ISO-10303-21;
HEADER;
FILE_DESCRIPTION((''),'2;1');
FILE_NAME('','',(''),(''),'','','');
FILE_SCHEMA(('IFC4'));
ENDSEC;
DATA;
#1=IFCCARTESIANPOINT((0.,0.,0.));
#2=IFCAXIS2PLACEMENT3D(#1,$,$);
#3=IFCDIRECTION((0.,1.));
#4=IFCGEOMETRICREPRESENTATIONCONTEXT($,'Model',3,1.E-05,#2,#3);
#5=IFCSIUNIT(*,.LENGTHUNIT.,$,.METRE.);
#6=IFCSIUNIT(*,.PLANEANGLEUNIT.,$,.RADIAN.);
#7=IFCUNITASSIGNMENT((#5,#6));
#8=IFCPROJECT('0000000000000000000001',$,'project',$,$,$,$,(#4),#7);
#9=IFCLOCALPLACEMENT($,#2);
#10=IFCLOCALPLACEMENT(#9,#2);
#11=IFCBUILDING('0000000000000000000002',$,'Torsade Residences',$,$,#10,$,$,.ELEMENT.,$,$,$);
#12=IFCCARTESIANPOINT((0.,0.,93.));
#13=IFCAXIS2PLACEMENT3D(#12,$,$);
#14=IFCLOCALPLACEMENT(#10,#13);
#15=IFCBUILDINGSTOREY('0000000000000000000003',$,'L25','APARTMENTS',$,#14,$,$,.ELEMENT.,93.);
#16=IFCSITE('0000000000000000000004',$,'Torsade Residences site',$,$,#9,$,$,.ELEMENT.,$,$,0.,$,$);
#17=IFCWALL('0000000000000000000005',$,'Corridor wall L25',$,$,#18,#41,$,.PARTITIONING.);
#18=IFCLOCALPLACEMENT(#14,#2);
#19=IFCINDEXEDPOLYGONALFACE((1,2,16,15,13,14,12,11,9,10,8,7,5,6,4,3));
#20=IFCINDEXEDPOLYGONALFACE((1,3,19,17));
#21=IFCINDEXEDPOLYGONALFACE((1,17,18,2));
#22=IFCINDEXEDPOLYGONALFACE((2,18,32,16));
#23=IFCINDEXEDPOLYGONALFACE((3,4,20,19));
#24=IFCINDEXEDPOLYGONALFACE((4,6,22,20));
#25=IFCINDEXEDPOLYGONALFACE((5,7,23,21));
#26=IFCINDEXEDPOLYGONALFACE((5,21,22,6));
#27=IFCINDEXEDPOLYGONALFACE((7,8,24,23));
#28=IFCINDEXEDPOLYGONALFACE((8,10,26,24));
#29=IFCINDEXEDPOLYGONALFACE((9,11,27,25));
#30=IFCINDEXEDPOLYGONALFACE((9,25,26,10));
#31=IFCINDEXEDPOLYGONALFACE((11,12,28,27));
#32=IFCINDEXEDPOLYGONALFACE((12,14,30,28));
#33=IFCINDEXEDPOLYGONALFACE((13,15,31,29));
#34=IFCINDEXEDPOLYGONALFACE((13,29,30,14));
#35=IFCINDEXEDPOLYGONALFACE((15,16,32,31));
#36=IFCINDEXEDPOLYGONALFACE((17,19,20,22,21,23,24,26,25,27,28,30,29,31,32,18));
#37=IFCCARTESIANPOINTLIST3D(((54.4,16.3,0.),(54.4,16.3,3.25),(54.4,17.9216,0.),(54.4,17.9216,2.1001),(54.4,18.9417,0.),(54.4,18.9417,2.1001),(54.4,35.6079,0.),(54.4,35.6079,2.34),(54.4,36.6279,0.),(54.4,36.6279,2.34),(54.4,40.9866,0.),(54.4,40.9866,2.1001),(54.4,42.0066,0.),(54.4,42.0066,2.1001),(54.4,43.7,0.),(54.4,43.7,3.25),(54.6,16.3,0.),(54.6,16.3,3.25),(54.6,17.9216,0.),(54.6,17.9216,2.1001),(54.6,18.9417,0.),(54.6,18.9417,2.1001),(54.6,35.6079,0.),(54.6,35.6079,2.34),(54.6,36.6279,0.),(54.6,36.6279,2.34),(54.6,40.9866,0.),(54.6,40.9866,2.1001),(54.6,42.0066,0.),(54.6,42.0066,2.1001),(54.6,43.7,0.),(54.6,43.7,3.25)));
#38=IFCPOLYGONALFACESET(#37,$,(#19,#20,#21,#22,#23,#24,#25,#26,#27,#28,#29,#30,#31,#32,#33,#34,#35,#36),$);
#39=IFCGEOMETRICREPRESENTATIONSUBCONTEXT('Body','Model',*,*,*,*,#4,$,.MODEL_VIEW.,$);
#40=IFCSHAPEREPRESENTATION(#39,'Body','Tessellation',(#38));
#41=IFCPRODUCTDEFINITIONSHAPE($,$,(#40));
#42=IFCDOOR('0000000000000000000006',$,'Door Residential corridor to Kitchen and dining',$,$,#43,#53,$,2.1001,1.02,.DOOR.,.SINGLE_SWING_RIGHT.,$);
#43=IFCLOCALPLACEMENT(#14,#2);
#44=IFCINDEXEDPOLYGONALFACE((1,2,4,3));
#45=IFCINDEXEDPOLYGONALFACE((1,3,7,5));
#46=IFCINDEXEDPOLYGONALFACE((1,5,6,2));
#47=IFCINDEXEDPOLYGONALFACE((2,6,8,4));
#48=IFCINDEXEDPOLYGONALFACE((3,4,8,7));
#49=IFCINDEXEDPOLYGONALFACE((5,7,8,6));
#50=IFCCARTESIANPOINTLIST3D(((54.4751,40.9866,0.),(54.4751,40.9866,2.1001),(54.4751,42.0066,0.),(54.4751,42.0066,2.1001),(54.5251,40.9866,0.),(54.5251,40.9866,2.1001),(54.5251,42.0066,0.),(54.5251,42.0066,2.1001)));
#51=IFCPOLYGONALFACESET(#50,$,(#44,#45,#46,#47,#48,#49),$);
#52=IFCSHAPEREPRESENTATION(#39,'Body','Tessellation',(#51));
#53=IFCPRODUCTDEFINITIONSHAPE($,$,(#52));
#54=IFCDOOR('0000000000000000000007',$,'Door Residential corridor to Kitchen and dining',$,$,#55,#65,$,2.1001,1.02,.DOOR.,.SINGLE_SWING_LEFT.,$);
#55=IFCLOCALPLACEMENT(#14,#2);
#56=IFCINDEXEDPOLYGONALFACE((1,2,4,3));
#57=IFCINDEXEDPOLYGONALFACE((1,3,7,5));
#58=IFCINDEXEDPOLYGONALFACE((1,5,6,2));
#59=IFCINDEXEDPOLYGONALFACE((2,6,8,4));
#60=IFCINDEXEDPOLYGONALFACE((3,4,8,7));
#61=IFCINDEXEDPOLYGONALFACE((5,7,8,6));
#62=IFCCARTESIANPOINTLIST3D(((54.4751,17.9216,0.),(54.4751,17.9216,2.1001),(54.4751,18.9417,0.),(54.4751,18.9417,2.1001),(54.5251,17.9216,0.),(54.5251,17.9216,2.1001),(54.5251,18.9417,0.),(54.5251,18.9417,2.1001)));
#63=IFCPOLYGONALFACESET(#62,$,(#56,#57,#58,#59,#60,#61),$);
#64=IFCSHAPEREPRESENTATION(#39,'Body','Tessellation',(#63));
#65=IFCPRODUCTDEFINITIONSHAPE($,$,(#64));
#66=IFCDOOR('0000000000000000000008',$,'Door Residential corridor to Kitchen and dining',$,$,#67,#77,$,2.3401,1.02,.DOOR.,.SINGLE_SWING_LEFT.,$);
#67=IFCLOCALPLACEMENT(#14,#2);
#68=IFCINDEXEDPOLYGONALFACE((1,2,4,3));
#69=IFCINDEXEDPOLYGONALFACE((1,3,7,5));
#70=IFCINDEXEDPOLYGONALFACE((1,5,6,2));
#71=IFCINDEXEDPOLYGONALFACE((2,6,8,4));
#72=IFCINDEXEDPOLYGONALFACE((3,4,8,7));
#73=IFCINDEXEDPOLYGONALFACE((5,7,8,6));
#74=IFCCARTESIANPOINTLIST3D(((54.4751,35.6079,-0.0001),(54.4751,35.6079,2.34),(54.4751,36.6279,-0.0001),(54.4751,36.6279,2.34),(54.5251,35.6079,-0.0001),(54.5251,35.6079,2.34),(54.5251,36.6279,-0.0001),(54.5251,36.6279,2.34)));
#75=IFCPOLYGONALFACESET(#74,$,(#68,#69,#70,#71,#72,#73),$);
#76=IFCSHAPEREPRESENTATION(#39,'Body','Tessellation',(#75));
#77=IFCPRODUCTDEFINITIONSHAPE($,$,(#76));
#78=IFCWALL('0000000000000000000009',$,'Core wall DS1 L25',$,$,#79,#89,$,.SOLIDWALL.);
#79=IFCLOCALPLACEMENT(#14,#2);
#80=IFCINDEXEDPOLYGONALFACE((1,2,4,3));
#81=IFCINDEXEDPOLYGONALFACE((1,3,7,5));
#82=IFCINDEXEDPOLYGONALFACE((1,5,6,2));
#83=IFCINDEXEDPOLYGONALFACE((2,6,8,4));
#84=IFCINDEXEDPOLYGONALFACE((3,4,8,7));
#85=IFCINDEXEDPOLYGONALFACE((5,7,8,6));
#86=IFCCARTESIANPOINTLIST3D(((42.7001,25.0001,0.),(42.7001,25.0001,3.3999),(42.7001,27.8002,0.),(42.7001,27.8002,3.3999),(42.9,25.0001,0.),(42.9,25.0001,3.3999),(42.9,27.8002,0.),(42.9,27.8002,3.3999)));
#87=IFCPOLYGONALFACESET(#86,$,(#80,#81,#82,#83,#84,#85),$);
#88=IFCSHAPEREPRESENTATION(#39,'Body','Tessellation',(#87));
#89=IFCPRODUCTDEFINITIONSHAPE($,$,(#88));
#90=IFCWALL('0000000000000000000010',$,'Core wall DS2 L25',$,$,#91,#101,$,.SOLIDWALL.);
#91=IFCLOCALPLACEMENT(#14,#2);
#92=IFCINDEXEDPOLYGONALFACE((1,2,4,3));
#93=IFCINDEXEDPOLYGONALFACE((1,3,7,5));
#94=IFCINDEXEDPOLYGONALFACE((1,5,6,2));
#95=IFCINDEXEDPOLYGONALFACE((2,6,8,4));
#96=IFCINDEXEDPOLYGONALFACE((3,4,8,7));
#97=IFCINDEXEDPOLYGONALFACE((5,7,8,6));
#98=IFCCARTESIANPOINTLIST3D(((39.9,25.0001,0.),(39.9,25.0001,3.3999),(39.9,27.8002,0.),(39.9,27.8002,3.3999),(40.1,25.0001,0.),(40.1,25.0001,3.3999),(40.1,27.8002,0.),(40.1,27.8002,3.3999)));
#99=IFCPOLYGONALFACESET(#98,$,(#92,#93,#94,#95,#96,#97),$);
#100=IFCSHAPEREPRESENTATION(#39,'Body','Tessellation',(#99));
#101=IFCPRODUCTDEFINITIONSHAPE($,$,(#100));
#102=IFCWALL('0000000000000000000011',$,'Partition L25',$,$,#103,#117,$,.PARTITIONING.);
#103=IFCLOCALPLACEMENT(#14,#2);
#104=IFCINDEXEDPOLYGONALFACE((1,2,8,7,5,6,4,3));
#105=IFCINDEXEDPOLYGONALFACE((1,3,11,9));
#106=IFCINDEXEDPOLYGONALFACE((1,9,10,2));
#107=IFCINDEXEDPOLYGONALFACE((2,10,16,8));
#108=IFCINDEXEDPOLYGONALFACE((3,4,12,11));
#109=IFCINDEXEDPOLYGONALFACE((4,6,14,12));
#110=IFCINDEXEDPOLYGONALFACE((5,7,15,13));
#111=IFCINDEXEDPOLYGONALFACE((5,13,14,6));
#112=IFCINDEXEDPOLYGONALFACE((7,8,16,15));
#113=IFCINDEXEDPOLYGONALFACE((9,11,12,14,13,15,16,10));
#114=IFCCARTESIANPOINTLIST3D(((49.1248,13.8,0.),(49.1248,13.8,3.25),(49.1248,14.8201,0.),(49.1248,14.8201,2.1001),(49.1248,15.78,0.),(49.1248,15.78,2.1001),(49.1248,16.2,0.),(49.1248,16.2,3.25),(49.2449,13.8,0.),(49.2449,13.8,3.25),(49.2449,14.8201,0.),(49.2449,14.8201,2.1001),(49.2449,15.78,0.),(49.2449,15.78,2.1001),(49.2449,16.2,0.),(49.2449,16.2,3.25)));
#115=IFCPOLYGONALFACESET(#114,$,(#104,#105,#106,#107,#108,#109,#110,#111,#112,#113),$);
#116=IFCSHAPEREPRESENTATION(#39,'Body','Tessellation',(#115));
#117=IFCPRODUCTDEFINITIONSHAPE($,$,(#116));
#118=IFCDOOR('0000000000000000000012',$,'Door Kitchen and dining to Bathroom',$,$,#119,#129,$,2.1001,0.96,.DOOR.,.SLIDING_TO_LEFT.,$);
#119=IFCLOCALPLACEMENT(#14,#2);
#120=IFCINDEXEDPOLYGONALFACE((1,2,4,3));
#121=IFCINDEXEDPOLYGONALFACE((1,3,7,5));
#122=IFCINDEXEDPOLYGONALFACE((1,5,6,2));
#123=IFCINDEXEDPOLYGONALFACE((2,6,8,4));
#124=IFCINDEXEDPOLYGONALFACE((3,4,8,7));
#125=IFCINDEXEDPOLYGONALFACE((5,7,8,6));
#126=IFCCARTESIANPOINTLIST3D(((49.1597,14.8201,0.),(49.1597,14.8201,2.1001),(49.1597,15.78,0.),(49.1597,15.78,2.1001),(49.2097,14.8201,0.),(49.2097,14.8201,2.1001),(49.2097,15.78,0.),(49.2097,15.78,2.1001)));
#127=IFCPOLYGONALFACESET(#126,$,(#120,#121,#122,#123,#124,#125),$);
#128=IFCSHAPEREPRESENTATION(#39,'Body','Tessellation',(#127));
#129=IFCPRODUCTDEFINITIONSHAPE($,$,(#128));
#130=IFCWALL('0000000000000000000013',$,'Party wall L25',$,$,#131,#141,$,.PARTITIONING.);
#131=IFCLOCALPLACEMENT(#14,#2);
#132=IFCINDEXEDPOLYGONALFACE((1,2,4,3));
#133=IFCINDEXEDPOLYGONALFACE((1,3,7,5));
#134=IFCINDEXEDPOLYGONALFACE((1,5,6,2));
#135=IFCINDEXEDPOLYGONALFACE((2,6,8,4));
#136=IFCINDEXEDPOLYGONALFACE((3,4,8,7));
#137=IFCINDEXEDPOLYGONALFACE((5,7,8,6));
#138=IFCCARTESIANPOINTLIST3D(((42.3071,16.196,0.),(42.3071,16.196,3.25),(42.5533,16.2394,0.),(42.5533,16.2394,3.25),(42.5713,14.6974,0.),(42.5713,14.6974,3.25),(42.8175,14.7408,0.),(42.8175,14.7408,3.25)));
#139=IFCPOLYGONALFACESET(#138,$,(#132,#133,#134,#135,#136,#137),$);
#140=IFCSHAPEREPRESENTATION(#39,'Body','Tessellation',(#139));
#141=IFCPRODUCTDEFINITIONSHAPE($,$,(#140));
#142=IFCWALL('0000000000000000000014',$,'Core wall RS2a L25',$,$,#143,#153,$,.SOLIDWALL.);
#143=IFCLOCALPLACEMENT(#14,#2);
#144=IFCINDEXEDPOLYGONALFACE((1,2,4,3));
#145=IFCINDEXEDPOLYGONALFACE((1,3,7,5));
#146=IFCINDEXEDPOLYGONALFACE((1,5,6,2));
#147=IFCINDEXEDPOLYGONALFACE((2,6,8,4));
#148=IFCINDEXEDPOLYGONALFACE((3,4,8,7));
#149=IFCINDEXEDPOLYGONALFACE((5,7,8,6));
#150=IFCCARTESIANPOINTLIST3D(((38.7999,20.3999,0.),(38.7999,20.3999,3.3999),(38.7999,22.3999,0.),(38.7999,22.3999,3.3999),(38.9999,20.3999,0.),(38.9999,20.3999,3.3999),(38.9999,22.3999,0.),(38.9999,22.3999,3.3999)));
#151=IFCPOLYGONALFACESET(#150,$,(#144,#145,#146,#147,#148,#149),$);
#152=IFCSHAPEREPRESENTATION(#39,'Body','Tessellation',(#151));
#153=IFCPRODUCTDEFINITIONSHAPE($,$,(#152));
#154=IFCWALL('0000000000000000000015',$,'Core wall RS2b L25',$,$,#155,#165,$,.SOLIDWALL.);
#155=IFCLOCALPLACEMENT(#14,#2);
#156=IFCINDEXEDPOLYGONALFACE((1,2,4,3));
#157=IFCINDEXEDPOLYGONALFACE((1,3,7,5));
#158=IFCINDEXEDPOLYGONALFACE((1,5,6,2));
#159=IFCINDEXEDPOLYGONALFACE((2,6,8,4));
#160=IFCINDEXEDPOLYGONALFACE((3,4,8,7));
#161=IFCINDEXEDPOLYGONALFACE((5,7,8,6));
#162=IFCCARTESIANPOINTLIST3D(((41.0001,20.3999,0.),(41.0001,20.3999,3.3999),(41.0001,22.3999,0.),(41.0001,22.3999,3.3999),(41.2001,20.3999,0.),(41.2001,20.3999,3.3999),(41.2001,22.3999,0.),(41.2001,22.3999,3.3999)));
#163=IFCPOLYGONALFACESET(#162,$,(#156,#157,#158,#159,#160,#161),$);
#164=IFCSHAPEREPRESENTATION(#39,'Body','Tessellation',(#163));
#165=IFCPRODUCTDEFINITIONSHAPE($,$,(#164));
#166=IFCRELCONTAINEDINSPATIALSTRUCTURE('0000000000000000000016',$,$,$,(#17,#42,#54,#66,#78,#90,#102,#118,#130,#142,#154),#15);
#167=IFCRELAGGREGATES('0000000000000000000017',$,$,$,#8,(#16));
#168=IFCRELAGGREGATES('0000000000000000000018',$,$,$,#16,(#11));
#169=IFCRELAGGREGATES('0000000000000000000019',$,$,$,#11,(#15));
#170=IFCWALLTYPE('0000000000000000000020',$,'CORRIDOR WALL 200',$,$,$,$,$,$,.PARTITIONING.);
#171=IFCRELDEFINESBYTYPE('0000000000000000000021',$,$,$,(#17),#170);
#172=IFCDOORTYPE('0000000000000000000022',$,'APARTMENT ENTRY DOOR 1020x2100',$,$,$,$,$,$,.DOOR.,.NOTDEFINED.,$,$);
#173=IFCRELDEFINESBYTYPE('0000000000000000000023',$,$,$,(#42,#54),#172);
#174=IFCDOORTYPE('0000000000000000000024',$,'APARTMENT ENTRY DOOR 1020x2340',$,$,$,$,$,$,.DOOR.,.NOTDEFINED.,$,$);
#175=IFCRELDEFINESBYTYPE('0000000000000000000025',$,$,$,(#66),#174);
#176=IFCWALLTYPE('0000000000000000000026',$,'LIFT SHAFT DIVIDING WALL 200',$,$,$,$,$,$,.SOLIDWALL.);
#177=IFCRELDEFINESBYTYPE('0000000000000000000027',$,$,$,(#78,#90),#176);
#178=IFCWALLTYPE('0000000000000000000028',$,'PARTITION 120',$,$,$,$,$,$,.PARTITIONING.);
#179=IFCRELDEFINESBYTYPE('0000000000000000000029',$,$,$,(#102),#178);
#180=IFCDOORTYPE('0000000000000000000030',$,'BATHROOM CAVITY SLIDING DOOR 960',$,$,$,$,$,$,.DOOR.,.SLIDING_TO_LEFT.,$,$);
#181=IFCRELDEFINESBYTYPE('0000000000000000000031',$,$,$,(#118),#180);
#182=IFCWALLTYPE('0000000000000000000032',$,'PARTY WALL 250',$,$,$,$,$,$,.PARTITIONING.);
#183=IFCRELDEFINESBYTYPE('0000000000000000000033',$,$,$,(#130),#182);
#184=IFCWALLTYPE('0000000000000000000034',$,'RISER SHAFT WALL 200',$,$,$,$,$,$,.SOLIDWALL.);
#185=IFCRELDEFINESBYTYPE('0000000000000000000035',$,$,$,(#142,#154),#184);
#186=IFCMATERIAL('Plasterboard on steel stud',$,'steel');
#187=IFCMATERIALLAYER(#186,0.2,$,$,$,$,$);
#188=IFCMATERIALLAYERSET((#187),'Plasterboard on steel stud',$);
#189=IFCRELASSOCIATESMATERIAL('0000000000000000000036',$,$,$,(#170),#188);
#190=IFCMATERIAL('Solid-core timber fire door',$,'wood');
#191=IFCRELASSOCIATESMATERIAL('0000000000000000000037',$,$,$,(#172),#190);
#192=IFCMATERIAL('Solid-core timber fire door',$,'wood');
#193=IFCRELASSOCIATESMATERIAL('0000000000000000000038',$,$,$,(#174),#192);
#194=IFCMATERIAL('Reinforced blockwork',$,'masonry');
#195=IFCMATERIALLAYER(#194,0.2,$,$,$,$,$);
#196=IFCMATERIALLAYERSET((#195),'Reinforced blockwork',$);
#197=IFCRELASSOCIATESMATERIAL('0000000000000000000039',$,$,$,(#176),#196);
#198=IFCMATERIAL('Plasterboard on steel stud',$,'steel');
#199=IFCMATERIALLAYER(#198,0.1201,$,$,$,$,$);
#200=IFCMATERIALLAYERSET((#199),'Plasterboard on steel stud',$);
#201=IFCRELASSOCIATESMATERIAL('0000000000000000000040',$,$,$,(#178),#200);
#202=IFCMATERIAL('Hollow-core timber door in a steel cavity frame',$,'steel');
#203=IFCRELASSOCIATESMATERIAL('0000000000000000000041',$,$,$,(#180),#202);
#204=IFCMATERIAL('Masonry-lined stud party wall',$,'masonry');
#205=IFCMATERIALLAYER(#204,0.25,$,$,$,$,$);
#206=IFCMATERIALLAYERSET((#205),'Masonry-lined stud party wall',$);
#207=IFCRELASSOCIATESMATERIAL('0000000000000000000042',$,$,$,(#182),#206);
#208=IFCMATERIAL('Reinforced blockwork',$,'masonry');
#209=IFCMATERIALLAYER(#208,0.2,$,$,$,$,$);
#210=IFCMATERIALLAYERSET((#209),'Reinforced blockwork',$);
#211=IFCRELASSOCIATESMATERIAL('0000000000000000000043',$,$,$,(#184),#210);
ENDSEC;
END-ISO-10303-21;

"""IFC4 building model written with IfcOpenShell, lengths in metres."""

from ifc_helpers import new_model, si_unit, direction, frame, frame_2d, origin, place, context, subcontext, project, spatial, rectangle, extrude, material, layer, layer_set, type_object, element, fill, save


model = new_model("IFC4")

# Units and contexts
model_context = context("Model", 3, precision=1e-05, world=origin(), true_north=direction((0.0, 1.0)))
body_context = subcontext(model_context, "Body", "Model", "MODEL_VIEW")
ifc_project = project(units=[si_unit("LENGTHUNIT", "METRE"), si_unit("PLANEANGLEUNIT", "RADIAN")], contexts=[model_context])

# Site, building, storey
site_placement = place(None, origin())
site = spatial("IfcSite", under=ifc_project, at=site_placement, Name="Torsade Residences site", CompositionType="ELEMENT", RefElevation=0.0)
building_placement = place(site_placement, origin())
building = spatial("IfcBuilding", under=site, at=building_placement, Name="Torsade Residences", CompositionType="ELEMENT")
storey_placement = place(building_placement, frame((0.0, 0.0, 93.0)))
storey = spatial("IfcBuildingStorey", under=building, at=storey_placement, Name="L25", Description="APARTMENTS", CompositionType="ELEMENT", Elevation=93.0)

# Wall, openings, doors
ifc_material_1 = material(Name="Plasterboard on steel stud", Category="steel")
ifc_layer_1 = layer(ifc_material_1, 0.2)
ifc_layer_set_1 = layer_set([ifc_layer_1], Name="Plasterboard on steel stud")
wall_type_1 = type_object("IfcWallType", Name="CORRIDOR WALL 200", PredefinedType="PARTITIONING", material=ifc_layer_set_1)
wall_1_placement = place(storey_placement, frame((54.5, 16.3, 0.0), z_axis=(0.0, 0.0, 1.0), x_axis=(0.0, 1.0, 0.0)))
wall_1 = element("IfcWall", 1, at=wall_1_placement, inside=storey, type_object=wall_type_1, Name="Corridor wall L25", PredefinedType="PARTITIONING", context=body_context, shape_type="SweptSolid", body=[
    extrude(rectangle(XDim=27.3999, YDim=0.2, at=frame_2d((13.7, 0.0))), origin(), (0.0, 0.0, 1.0), 3.25),
])
opening_1_placement = place(wall_1_placement, frame((19.3079, 0.0, 0.0)))
opening_1 = element("IfcOpeningElement", 2, at=opening_1_placement, cuts=wall_1, PredefinedType="OPENING", context=body_context, shape_type="SweptSolid", body=[
    extrude(rectangle(XDim=1.02, YDim=2.3401, at=frame_2d((0.51, 1.1699))), frame((0.0, 0.1099, 0.0), z_axis=(0.0, -1.0, 0.0), x_axis=(1.0, 0.0, 0.0)), (0.0, 0.0, 1.0), 0.22),
])
opening_2_placement = place(wall_1_placement, frame((24.6865, 0.0, 0.0)))
opening_2 = element("IfcOpeningElement", 3, at=opening_2_placement, cuts=wall_1, PredefinedType="OPENING", context=body_context, shape_type="SweptSolid", body=[
    extrude(rectangle(XDim=1.02, YDim=2.1001, at=frame_2d((0.51, 1.05))), frame((0.0, 0.1099, 0.0), z_axis=(0.0, -1.0, 0.0), x_axis=(1.0, 0.0, 0.0)), (0.0, 0.0, 1.0), 0.22),
])
opening_3_placement = place(wall_1_placement, frame((1.6216, 0.0, 0.0)))
opening_3 = element("IfcOpeningElement", 4, at=opening_3_placement, cuts=wall_1, PredefinedType="OPENING", context=body_context, shape_type="SweptSolid", body=[
    extrude(rectangle(XDim=1.02, YDim=2.1001, at=frame_2d((0.51, 1.05))), frame((0.0, 0.1099, 0.0), z_axis=(0.0, -1.0, 0.0), x_axis=(1.0, 0.0, 0.0)), (0.0, 0.0, 1.0), 0.22),
])
ifc_material_2 = material(Name="Solid-core timber fire door", Category="wood")
door_type_1 = type_object("IfcDoorType", Name="APARTMENT ENTRY DOOR 1020x2100", OperationType="NOTDEFINED", PredefinedType="DOOR", material=ifc_material_2)
door_1_placement = place(opening_2_placement, origin())
door_1 = element("IfcDoor", 5, at=door_1_placement, inside=storey, type_object=door_type_1, Name="Door Residential corridor to Kitchen and dining", OperationType="SINGLE_SWING_RIGHT", OverallHeight=2.1001, OverallWidth=1.02, PredefinedType="DOOR", context=body_context, shape_type="SweptSolid", body=[
    extrude(rectangle(XDim=1.02, YDim=2.1001, at=frame_2d((0.51, 1.05))), frame((0.0, 0.0249, 0.0), z_axis=(0.0, -1.0, 0.0), x_axis=(1.0, 0.0, 0.0)), (0.0, 0.0, 1.0), 0.05),
])
fill(opening_2, door_1)
door_2_placement = place(opening_3_placement, origin())
door_2 = element("IfcDoor", 6, at=door_2_placement, inside=storey, type_object=door_type_1, Name="Door Residential corridor to Kitchen and dining", OperationType="SINGLE_SWING_LEFT", OverallHeight=2.1001, OverallWidth=1.02, PredefinedType="DOOR", context=body_context, shape_type="SweptSolid", body=[
    extrude(rectangle(XDim=1.02, YDim=2.1001, at=frame_2d((0.51, 1.05))), frame((0.0, 0.0249, 0.0), z_axis=(0.0, -1.0, 0.0), x_axis=(1.0, 0.0, 0.0)), (0.0, 0.0, 1.0), 0.05),
])
fill(opening_3, door_2)
ifc_material_3 = material(Name="Solid-core timber fire door", Category="wood")
door_type_2 = type_object("IfcDoorType", Name="APARTMENT ENTRY DOOR 1020x2340", OperationType="NOTDEFINED", PredefinedType="DOOR", material=ifc_material_3)
door_3_placement = place(opening_1_placement, origin())
door_3 = element("IfcDoor", 7, at=door_3_placement, inside=storey, type_object=door_type_2, Name="Door Residential corridor to Kitchen and dining", OperationType="SINGLE_SWING_LEFT", OverallHeight=2.3401, OverallWidth=1.02, PredefinedType="DOOR", context=body_context, shape_type="SweptSolid", body=[
    extrude(rectangle(XDim=1.02, YDim=2.3401, at=frame_2d((0.51, 1.1699))), frame((0.0, 0.0249, 0.0), z_axis=(0.0, -1.0, 0.0), x_axis=(1.0, 0.0, 0.0)), (0.0, 0.0, 1.0), 0.05),
])
fill(opening_1, door_3)

# Walls
ifc_material_4 = material(Name="Reinforced blockwork", Category="masonry")
ifc_layer_2 = layer(ifc_material_4, 0.2)
ifc_layer_set_2 = layer_set([ifc_layer_2], Name="Reinforced blockwork")
wall_type_2 = type_object("IfcWallType", Name="LIFT SHAFT DIVIDING WALL 200", PredefinedType="SOLIDWALL", material=ifc_layer_set_2)
for number, where, z_axis, x_axis, name in (
    (8, (42.8, 27.8, 0.0), (0.0, 0.0, 1.0), (0.0, -1.0, 0.0), "Core wall DS1 L25"),
    (9, (40.0, 27.8, 0.0), (0.0, 0.0, 1.0), (0.0, -1.0, 0.0), "Core wall DS2 L25"),
):
    element("IfcWall", number, at=place(storey_placement, frame(where, z_axis=z_axis, x_axis=x_axis)), inside=storey, type_object=wall_type_2, Name=name, PredefinedType="SOLIDWALL", context=body_context, shape_type="SweptSolid", body=[
        extrude(rectangle(XDim=2.8, YDim=0.2, at=frame_2d((1.3999, 0.0))), origin(), (0.0, 0.0, 1.0), 3.3999),
    ])

# Wall, opening, door
ifc_material_5 = material(Name="Plasterboard on steel stud", Category="steel")
ifc_layer_3 = layer(ifc_material_5, 0.1201)
ifc_layer_set_3 = layer_set([ifc_layer_3], Name="Plasterboard on steel stud")
wall_type_3 = type_object("IfcWallType", Name="PARTITION 120", PredefinedType="PARTITIONING", material=ifc_layer_set_3)
wall_2_placement = place(storey_placement, frame((49.1848, 16.2, 0.0), z_axis=(0.0, 0.0, 1.0), x_axis=(0.0, -1.0, 0.0)))
wall_2 = element("IfcWall", 10, at=wall_2_placement, inside=storey, type_object=wall_type_3, Name="Partition L25", PredefinedType="PARTITIONING", context=body_context, shape_type="SweptSolid", body=[
    extrude(rectangle(XDim=2.3999, YDim=0.1201, at=frame_2d((1.2, 0.0))), origin(), (0.0, 0.0, 1.0), 3.25),
])
opening_4_placement = place(wall_2_placement, frame((0.4199, 0.0, 0.0)))
opening_4 = element("IfcOpeningElement", 11, at=opening_4_placement, cuts=wall_2, PredefinedType="OPENING", context=body_context, shape_type="SweptSolid", body=[
    extrude(rectangle(XDim=0.96, YDim=2.1001, at=frame_2d((0.48, 1.05))), frame((0.0, 0.0701, 0.0), z_axis=(0.0, -1.0, 0.0), x_axis=(1.0, 0.0, 0.0)), (0.0, 0.0, 1.0), 0.1401),
])
ifc_material_6 = material(Name="Hollow-core timber door in a steel cavity frame", Category="steel")
door_type_3 = type_object("IfcDoorType", Name="BATHROOM CAVITY SLIDING DOOR 960", OperationType="SLIDING_TO_LEFT", PredefinedType="DOOR", material=ifc_material_6)
door_4_placement = place(opening_4_placement, origin())
door_4 = element("IfcDoor", 12, at=door_4_placement, inside=storey, type_object=door_type_3, Name="Door Kitchen and dining to Bathroom", OperationType="SLIDING_TO_LEFT", OverallHeight=2.1001, OverallWidth=0.96, PredefinedType="DOOR", context=body_context, shape_type="SweptSolid", body=[
    extrude(rectangle(XDim=0.96, YDim=2.1001, at=frame_2d((0.48, 1.05))), frame((0.0, 0.0249, 0.0), z_axis=(0.0, -1.0, 0.0), x_axis=(1.0, 0.0, 0.0)), (0.0, 0.0, 1.0), 0.05),
])
fill(opening_4, door_4)

# Walls
ifc_material_7 = material(Name="Masonry-lined stud party wall", Category="masonry")
ifc_layer_4 = layer(ifc_material_7, 0.25)
ifc_layer_set_4 = layer_set([ifc_layer_4], Name="Masonry-lined stud party wall")
wall_type_4 = type_object("IfcWallType", Name="PARTY WALL 250", PredefinedType="PARTITIONING", material=ifc_layer_set_4)
wall_3_placement = place(storey_placement, frame((42.6943, 14.7192, 0.0), z_axis=(0.0, 0.0, 1.0), x_axis=(-0.173602, 0.984816, 0.0)))
element("IfcWall", 13, at=wall_3_placement, inside=storey, type_object=wall_type_4, Name="Party wall L25", PredefinedType="PARTITIONING", context=body_context, shape_type="SweptSolid", body=[
    extrude(rectangle(XDim=1.5217, YDim=0.25, at=frame_2d((0.7607, 0.0))), origin(), (0.0, 0.0, 1.0), 3.25),
])
ifc_material_8 = material(Name="Reinforced blockwork", Category="masonry")
ifc_layer_5 = layer(ifc_material_8, 0.2)
ifc_layer_set_5 = layer_set([ifc_layer_5], Name="Reinforced blockwork")
wall_type_5 = type_object("IfcWallType", Name="RISER SHAFT WALL 200", PredefinedType="SOLIDWALL", material=ifc_layer_set_5)
for number, where, z_axis, x_axis, name in (
    (14, (38.8999, 22.3999, 0.0), (0.0, 0.0, 1.0), (0.0, -1.0, 0.0), "Core wall RS2a L25"),
    (15, (41.1001, 22.3999, 0.0), (0.0, 0.0, 1.0), (0.0, -1.0, 0.0), "Core wall RS2b L25"),
):
    element("IfcWall", number, at=place(storey_placement, frame(where, z_axis=z_axis, x_axis=x_axis)), inside=storey, type_object=wall_type_5, Name=name, PredefinedType="SOLIDWALL", context=body_context, shape_type="SweptSolid", body=[
        extrude(rectangle(XDim=2.0, YDim=0.2, at=frame_2d((1.0, 0.0))), origin(), (0.0, 0.0, 1.0), 3.3999),
    ])

save(model, "model.ifc")
